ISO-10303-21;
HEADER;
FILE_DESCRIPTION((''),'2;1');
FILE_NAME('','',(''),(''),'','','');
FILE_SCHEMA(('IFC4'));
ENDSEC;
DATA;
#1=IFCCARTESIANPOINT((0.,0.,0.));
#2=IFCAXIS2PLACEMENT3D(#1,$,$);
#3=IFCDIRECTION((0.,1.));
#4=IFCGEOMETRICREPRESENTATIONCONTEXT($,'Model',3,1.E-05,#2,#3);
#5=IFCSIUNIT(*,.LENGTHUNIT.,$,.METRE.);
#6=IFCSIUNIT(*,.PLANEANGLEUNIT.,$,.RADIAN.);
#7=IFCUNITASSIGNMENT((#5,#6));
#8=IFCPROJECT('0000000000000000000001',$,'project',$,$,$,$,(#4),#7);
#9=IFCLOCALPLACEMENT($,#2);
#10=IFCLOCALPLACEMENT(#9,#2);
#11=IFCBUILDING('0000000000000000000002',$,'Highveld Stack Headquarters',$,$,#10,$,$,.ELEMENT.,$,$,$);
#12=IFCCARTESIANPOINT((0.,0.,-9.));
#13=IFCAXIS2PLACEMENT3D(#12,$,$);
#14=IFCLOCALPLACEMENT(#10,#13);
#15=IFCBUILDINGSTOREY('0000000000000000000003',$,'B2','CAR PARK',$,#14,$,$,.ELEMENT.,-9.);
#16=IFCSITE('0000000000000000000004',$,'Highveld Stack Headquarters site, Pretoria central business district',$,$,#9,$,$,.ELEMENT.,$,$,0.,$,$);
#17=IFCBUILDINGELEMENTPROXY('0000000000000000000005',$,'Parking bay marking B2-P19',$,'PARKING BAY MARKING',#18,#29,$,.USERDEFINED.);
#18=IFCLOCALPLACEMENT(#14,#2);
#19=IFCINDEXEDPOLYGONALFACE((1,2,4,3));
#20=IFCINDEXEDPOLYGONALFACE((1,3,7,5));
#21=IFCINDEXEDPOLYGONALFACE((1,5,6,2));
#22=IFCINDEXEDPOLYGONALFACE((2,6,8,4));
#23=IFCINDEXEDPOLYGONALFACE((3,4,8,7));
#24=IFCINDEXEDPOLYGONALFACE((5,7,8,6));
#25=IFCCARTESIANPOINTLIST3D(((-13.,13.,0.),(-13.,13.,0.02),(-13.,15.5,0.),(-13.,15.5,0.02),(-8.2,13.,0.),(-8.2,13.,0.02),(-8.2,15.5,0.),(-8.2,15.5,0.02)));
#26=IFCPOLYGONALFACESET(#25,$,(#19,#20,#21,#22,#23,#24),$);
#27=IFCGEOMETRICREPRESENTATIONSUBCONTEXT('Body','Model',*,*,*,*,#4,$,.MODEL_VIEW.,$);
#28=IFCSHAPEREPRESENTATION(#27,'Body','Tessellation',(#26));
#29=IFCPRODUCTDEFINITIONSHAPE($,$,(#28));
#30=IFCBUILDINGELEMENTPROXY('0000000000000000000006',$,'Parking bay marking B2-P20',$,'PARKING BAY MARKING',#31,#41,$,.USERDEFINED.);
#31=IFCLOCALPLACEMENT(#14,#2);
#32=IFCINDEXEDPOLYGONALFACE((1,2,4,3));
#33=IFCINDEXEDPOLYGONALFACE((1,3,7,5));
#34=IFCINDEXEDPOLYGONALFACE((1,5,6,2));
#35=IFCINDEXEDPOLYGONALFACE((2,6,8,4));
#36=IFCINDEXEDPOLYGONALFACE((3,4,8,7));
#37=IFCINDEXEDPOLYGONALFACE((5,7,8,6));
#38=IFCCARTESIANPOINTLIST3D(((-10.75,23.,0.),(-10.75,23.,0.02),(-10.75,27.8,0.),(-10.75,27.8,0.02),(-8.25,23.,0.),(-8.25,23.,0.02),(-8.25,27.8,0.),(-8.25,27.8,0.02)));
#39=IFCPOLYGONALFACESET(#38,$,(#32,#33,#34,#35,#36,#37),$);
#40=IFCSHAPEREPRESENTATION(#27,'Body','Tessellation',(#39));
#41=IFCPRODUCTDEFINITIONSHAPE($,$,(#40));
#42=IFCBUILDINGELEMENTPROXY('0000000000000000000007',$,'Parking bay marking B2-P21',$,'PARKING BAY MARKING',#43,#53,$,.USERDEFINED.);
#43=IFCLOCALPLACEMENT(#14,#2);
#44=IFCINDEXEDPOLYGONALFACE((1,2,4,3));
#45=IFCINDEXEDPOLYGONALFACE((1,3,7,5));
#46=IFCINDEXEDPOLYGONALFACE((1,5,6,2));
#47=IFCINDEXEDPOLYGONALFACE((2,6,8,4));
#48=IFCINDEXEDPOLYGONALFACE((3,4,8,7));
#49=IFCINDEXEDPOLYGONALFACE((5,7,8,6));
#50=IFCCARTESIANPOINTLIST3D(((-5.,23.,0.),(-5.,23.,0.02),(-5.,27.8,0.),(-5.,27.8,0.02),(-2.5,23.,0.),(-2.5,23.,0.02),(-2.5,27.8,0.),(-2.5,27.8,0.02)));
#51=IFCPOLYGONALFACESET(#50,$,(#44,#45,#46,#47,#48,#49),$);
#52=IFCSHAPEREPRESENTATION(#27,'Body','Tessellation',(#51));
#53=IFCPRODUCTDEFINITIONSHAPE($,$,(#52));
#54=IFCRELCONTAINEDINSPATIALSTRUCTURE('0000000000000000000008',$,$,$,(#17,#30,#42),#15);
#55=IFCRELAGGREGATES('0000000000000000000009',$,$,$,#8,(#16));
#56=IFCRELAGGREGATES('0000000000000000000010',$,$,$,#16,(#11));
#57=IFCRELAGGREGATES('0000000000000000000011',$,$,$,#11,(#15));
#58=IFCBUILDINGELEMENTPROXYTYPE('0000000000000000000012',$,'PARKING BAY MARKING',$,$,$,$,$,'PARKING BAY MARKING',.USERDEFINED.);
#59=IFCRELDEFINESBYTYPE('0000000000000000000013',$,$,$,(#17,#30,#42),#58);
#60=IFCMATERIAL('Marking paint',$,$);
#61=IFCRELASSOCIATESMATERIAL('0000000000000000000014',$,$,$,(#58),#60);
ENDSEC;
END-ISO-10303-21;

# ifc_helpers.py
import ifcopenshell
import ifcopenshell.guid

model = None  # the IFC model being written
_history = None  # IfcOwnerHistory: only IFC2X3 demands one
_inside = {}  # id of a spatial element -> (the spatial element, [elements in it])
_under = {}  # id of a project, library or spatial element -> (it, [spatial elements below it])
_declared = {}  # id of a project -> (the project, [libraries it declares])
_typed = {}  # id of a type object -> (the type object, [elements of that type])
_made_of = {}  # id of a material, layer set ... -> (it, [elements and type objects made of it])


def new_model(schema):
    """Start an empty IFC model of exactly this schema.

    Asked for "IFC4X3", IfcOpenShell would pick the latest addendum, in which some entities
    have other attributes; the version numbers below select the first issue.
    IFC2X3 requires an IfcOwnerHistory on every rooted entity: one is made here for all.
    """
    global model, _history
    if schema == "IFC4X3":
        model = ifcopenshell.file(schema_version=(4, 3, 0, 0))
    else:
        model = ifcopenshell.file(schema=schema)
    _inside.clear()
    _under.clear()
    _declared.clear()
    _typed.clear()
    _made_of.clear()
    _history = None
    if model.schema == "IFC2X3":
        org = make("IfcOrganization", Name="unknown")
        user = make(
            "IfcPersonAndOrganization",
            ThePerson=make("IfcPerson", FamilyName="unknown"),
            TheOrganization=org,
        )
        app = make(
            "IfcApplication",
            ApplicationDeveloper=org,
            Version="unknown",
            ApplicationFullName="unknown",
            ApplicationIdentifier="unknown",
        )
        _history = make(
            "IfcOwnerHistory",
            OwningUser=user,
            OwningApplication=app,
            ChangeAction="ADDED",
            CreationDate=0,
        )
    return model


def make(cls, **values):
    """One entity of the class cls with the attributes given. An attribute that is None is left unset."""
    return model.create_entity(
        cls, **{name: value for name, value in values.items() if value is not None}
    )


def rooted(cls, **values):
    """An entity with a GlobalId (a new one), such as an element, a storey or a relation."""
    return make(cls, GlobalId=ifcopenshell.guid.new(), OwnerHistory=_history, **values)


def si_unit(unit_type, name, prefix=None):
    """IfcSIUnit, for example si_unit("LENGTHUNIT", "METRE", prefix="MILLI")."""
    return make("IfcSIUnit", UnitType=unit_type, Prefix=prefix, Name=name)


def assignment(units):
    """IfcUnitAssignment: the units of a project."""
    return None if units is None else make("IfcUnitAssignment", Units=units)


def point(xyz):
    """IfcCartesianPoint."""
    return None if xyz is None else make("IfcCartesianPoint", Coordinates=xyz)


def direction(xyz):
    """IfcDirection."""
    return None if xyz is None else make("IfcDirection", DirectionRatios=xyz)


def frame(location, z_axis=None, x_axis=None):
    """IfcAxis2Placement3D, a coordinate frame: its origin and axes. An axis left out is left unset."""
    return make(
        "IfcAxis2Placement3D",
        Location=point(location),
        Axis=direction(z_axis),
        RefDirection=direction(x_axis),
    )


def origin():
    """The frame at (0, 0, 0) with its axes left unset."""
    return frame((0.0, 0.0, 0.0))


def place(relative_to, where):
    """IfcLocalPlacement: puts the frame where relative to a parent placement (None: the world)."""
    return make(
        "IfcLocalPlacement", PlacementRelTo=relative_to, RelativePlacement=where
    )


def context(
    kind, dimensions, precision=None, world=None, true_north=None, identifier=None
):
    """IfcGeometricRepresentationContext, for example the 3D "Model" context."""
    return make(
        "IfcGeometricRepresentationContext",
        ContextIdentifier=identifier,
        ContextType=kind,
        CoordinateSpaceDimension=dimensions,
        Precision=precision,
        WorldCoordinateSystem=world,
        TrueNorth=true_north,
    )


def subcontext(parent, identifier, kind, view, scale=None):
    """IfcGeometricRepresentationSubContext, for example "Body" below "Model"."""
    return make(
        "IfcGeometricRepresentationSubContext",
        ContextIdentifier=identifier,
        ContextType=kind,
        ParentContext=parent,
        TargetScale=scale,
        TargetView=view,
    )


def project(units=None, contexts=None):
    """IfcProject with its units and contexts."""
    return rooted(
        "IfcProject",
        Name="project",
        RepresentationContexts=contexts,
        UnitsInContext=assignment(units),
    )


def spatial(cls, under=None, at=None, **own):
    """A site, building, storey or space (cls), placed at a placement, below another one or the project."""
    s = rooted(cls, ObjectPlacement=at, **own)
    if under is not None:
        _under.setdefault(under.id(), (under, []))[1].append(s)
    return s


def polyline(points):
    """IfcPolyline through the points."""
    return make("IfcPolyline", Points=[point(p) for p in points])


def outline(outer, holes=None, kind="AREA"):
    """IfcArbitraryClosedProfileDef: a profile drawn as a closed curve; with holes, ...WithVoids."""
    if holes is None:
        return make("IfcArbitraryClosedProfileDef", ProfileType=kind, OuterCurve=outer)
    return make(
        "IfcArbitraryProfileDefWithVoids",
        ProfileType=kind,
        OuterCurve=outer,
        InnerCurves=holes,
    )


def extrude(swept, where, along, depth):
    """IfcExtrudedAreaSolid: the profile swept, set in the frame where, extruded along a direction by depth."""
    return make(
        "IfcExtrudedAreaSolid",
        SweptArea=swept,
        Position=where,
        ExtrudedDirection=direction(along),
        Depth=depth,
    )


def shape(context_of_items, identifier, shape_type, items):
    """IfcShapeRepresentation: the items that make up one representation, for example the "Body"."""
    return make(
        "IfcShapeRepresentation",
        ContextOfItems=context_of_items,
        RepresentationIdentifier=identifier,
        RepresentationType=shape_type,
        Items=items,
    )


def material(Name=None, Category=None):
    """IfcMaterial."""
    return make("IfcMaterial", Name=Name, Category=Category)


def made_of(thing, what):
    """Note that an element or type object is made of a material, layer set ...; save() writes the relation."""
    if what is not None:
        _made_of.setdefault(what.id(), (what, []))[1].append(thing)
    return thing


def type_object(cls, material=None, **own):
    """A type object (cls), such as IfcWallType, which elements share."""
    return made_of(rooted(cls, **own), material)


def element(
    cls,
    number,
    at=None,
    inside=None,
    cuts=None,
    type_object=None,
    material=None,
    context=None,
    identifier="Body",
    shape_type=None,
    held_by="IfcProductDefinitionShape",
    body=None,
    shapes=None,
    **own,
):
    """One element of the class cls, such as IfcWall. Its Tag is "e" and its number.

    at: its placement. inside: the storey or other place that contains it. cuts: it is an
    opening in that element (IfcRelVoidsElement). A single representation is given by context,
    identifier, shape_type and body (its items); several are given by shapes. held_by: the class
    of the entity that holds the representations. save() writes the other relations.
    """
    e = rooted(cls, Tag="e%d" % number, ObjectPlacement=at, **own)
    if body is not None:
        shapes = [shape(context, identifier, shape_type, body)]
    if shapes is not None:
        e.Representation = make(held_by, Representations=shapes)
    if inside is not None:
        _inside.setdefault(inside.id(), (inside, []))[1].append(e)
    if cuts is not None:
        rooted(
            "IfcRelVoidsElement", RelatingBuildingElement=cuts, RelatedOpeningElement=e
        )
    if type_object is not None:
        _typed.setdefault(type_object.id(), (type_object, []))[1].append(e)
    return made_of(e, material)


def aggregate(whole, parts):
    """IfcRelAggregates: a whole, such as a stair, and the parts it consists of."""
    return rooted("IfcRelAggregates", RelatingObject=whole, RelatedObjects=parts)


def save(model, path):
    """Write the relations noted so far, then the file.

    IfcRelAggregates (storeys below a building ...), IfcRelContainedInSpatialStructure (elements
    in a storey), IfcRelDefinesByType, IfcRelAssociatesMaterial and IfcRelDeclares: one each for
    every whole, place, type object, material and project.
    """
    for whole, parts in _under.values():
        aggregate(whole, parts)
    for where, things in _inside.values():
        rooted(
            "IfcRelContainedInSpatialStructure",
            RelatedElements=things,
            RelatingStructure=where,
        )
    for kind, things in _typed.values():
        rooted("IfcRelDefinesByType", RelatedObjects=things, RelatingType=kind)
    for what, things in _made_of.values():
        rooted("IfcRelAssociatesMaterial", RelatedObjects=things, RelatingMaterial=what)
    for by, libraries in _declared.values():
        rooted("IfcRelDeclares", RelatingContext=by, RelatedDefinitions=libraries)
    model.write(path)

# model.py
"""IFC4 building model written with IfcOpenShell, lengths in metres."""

from ifc_helpers import new_model, si_unit, direction, frame, origin, place, context, subcontext, project, spatial, polyline, outline, extrude, material, type_object, element, save


model = new_model("IFC4")

# Units and contexts
model_context = context("Model", 3, precision=1e-05, world=origin(), true_north=direction((0.0, 1.0)))
body_context = subcontext(model_context, "Body", "Model", "MODEL_VIEW")
ifc_project = project(units=[si_unit("LENGTHUNIT", "METRE"), si_unit("PLANEANGLEUNIT", "RADIAN")], contexts=[model_context])

# Site, building, storey
site_placement = place(None, origin())
site = spatial("IfcSite", under=ifc_project, at=site_placement, Name="Highveld Stack Headquarters site, Pretoria central business district", CompositionType="ELEMENT", RefElevation=0.0)
building_placement = place(site_placement, origin())
building = spatial("IfcBuilding", under=site, at=building_placement, Name="Highveld Stack Headquarters", CompositionType="ELEMENT")
storey_placement = place(building_placement, frame((0.0, 0.0, -9.0)))
storey = spatial("IfcBuildingStorey", under=building, at=storey_placement, Name="B2", Description="CAR PARK", CompositionType="ELEMENT", Elevation=-9.0)

# Building element proxies
ifc_material_1 = material(Name="Marking paint")
building_element_proxy_type_1 = type_object("IfcBuildingElementProxyType", Name="PARKING BAY MARKING", ElementType="PARKING BAY MARKING", PredefinedType="USERDEFINED", material=ifc_material_1)
proxy_1_placement = place(storey_placement, origin())
element("IfcBuildingElementProxy", 1, at=proxy_1_placement, inside=storey, type_object=building_element_proxy_type_1, Name="Parking bay marking B2-P19", ObjectType="PARKING BAY MARKING", PredefinedType="USERDEFINED", context=body_context, shape_type="SweptSolid", body=[
    extrude(outline(polyline([(-8.2, 13.0), (-8.2, 15.5), (-13.0, 15.5), (-13.0, 13.0), (-8.2, 13.0)])), origin(), (0.0, 0.0, 1.0), 0.02),
])
proxy_2_placement = place(storey_placement, origin())
element("IfcBuildingElementProxy", 2, at=proxy_2_placement, inside=storey, type_object=building_element_proxy_type_1, Name="Parking bay marking B2-P20", ObjectType="PARKING BAY MARKING", PredefinedType="USERDEFINED", context=body_context, shape_type="SweptSolid", body=[
    extrude(outline(polyline([(-8.25, 23.0), (-8.25, 27.8), (-10.75, 27.8), (-10.75, 23.0), (-8.25, 23.0)])), origin(), (0.0, 0.0, 1.0), 0.02),
])
proxy_3_placement = place(storey_placement, origin())
element("IfcBuildingElementProxy", 3, at=proxy_3_placement, inside=storey, type_object=building_element_proxy_type_1, Name="Parking bay marking B2-P21", ObjectType="PARKING BAY MARKING", PredefinedType="USERDEFINED", context=body_context, shape_type="SweptSolid", body=[
    extrude(outline(polyline([(-2.5, 23.0), (-2.5, 27.8), (-5.0, 27.8), (-5.0, 23.0), (-2.5, 23.0)])), origin(), (0.0, 0.0, 1.0), 0.02),
])

save(model, "model.ifc")
